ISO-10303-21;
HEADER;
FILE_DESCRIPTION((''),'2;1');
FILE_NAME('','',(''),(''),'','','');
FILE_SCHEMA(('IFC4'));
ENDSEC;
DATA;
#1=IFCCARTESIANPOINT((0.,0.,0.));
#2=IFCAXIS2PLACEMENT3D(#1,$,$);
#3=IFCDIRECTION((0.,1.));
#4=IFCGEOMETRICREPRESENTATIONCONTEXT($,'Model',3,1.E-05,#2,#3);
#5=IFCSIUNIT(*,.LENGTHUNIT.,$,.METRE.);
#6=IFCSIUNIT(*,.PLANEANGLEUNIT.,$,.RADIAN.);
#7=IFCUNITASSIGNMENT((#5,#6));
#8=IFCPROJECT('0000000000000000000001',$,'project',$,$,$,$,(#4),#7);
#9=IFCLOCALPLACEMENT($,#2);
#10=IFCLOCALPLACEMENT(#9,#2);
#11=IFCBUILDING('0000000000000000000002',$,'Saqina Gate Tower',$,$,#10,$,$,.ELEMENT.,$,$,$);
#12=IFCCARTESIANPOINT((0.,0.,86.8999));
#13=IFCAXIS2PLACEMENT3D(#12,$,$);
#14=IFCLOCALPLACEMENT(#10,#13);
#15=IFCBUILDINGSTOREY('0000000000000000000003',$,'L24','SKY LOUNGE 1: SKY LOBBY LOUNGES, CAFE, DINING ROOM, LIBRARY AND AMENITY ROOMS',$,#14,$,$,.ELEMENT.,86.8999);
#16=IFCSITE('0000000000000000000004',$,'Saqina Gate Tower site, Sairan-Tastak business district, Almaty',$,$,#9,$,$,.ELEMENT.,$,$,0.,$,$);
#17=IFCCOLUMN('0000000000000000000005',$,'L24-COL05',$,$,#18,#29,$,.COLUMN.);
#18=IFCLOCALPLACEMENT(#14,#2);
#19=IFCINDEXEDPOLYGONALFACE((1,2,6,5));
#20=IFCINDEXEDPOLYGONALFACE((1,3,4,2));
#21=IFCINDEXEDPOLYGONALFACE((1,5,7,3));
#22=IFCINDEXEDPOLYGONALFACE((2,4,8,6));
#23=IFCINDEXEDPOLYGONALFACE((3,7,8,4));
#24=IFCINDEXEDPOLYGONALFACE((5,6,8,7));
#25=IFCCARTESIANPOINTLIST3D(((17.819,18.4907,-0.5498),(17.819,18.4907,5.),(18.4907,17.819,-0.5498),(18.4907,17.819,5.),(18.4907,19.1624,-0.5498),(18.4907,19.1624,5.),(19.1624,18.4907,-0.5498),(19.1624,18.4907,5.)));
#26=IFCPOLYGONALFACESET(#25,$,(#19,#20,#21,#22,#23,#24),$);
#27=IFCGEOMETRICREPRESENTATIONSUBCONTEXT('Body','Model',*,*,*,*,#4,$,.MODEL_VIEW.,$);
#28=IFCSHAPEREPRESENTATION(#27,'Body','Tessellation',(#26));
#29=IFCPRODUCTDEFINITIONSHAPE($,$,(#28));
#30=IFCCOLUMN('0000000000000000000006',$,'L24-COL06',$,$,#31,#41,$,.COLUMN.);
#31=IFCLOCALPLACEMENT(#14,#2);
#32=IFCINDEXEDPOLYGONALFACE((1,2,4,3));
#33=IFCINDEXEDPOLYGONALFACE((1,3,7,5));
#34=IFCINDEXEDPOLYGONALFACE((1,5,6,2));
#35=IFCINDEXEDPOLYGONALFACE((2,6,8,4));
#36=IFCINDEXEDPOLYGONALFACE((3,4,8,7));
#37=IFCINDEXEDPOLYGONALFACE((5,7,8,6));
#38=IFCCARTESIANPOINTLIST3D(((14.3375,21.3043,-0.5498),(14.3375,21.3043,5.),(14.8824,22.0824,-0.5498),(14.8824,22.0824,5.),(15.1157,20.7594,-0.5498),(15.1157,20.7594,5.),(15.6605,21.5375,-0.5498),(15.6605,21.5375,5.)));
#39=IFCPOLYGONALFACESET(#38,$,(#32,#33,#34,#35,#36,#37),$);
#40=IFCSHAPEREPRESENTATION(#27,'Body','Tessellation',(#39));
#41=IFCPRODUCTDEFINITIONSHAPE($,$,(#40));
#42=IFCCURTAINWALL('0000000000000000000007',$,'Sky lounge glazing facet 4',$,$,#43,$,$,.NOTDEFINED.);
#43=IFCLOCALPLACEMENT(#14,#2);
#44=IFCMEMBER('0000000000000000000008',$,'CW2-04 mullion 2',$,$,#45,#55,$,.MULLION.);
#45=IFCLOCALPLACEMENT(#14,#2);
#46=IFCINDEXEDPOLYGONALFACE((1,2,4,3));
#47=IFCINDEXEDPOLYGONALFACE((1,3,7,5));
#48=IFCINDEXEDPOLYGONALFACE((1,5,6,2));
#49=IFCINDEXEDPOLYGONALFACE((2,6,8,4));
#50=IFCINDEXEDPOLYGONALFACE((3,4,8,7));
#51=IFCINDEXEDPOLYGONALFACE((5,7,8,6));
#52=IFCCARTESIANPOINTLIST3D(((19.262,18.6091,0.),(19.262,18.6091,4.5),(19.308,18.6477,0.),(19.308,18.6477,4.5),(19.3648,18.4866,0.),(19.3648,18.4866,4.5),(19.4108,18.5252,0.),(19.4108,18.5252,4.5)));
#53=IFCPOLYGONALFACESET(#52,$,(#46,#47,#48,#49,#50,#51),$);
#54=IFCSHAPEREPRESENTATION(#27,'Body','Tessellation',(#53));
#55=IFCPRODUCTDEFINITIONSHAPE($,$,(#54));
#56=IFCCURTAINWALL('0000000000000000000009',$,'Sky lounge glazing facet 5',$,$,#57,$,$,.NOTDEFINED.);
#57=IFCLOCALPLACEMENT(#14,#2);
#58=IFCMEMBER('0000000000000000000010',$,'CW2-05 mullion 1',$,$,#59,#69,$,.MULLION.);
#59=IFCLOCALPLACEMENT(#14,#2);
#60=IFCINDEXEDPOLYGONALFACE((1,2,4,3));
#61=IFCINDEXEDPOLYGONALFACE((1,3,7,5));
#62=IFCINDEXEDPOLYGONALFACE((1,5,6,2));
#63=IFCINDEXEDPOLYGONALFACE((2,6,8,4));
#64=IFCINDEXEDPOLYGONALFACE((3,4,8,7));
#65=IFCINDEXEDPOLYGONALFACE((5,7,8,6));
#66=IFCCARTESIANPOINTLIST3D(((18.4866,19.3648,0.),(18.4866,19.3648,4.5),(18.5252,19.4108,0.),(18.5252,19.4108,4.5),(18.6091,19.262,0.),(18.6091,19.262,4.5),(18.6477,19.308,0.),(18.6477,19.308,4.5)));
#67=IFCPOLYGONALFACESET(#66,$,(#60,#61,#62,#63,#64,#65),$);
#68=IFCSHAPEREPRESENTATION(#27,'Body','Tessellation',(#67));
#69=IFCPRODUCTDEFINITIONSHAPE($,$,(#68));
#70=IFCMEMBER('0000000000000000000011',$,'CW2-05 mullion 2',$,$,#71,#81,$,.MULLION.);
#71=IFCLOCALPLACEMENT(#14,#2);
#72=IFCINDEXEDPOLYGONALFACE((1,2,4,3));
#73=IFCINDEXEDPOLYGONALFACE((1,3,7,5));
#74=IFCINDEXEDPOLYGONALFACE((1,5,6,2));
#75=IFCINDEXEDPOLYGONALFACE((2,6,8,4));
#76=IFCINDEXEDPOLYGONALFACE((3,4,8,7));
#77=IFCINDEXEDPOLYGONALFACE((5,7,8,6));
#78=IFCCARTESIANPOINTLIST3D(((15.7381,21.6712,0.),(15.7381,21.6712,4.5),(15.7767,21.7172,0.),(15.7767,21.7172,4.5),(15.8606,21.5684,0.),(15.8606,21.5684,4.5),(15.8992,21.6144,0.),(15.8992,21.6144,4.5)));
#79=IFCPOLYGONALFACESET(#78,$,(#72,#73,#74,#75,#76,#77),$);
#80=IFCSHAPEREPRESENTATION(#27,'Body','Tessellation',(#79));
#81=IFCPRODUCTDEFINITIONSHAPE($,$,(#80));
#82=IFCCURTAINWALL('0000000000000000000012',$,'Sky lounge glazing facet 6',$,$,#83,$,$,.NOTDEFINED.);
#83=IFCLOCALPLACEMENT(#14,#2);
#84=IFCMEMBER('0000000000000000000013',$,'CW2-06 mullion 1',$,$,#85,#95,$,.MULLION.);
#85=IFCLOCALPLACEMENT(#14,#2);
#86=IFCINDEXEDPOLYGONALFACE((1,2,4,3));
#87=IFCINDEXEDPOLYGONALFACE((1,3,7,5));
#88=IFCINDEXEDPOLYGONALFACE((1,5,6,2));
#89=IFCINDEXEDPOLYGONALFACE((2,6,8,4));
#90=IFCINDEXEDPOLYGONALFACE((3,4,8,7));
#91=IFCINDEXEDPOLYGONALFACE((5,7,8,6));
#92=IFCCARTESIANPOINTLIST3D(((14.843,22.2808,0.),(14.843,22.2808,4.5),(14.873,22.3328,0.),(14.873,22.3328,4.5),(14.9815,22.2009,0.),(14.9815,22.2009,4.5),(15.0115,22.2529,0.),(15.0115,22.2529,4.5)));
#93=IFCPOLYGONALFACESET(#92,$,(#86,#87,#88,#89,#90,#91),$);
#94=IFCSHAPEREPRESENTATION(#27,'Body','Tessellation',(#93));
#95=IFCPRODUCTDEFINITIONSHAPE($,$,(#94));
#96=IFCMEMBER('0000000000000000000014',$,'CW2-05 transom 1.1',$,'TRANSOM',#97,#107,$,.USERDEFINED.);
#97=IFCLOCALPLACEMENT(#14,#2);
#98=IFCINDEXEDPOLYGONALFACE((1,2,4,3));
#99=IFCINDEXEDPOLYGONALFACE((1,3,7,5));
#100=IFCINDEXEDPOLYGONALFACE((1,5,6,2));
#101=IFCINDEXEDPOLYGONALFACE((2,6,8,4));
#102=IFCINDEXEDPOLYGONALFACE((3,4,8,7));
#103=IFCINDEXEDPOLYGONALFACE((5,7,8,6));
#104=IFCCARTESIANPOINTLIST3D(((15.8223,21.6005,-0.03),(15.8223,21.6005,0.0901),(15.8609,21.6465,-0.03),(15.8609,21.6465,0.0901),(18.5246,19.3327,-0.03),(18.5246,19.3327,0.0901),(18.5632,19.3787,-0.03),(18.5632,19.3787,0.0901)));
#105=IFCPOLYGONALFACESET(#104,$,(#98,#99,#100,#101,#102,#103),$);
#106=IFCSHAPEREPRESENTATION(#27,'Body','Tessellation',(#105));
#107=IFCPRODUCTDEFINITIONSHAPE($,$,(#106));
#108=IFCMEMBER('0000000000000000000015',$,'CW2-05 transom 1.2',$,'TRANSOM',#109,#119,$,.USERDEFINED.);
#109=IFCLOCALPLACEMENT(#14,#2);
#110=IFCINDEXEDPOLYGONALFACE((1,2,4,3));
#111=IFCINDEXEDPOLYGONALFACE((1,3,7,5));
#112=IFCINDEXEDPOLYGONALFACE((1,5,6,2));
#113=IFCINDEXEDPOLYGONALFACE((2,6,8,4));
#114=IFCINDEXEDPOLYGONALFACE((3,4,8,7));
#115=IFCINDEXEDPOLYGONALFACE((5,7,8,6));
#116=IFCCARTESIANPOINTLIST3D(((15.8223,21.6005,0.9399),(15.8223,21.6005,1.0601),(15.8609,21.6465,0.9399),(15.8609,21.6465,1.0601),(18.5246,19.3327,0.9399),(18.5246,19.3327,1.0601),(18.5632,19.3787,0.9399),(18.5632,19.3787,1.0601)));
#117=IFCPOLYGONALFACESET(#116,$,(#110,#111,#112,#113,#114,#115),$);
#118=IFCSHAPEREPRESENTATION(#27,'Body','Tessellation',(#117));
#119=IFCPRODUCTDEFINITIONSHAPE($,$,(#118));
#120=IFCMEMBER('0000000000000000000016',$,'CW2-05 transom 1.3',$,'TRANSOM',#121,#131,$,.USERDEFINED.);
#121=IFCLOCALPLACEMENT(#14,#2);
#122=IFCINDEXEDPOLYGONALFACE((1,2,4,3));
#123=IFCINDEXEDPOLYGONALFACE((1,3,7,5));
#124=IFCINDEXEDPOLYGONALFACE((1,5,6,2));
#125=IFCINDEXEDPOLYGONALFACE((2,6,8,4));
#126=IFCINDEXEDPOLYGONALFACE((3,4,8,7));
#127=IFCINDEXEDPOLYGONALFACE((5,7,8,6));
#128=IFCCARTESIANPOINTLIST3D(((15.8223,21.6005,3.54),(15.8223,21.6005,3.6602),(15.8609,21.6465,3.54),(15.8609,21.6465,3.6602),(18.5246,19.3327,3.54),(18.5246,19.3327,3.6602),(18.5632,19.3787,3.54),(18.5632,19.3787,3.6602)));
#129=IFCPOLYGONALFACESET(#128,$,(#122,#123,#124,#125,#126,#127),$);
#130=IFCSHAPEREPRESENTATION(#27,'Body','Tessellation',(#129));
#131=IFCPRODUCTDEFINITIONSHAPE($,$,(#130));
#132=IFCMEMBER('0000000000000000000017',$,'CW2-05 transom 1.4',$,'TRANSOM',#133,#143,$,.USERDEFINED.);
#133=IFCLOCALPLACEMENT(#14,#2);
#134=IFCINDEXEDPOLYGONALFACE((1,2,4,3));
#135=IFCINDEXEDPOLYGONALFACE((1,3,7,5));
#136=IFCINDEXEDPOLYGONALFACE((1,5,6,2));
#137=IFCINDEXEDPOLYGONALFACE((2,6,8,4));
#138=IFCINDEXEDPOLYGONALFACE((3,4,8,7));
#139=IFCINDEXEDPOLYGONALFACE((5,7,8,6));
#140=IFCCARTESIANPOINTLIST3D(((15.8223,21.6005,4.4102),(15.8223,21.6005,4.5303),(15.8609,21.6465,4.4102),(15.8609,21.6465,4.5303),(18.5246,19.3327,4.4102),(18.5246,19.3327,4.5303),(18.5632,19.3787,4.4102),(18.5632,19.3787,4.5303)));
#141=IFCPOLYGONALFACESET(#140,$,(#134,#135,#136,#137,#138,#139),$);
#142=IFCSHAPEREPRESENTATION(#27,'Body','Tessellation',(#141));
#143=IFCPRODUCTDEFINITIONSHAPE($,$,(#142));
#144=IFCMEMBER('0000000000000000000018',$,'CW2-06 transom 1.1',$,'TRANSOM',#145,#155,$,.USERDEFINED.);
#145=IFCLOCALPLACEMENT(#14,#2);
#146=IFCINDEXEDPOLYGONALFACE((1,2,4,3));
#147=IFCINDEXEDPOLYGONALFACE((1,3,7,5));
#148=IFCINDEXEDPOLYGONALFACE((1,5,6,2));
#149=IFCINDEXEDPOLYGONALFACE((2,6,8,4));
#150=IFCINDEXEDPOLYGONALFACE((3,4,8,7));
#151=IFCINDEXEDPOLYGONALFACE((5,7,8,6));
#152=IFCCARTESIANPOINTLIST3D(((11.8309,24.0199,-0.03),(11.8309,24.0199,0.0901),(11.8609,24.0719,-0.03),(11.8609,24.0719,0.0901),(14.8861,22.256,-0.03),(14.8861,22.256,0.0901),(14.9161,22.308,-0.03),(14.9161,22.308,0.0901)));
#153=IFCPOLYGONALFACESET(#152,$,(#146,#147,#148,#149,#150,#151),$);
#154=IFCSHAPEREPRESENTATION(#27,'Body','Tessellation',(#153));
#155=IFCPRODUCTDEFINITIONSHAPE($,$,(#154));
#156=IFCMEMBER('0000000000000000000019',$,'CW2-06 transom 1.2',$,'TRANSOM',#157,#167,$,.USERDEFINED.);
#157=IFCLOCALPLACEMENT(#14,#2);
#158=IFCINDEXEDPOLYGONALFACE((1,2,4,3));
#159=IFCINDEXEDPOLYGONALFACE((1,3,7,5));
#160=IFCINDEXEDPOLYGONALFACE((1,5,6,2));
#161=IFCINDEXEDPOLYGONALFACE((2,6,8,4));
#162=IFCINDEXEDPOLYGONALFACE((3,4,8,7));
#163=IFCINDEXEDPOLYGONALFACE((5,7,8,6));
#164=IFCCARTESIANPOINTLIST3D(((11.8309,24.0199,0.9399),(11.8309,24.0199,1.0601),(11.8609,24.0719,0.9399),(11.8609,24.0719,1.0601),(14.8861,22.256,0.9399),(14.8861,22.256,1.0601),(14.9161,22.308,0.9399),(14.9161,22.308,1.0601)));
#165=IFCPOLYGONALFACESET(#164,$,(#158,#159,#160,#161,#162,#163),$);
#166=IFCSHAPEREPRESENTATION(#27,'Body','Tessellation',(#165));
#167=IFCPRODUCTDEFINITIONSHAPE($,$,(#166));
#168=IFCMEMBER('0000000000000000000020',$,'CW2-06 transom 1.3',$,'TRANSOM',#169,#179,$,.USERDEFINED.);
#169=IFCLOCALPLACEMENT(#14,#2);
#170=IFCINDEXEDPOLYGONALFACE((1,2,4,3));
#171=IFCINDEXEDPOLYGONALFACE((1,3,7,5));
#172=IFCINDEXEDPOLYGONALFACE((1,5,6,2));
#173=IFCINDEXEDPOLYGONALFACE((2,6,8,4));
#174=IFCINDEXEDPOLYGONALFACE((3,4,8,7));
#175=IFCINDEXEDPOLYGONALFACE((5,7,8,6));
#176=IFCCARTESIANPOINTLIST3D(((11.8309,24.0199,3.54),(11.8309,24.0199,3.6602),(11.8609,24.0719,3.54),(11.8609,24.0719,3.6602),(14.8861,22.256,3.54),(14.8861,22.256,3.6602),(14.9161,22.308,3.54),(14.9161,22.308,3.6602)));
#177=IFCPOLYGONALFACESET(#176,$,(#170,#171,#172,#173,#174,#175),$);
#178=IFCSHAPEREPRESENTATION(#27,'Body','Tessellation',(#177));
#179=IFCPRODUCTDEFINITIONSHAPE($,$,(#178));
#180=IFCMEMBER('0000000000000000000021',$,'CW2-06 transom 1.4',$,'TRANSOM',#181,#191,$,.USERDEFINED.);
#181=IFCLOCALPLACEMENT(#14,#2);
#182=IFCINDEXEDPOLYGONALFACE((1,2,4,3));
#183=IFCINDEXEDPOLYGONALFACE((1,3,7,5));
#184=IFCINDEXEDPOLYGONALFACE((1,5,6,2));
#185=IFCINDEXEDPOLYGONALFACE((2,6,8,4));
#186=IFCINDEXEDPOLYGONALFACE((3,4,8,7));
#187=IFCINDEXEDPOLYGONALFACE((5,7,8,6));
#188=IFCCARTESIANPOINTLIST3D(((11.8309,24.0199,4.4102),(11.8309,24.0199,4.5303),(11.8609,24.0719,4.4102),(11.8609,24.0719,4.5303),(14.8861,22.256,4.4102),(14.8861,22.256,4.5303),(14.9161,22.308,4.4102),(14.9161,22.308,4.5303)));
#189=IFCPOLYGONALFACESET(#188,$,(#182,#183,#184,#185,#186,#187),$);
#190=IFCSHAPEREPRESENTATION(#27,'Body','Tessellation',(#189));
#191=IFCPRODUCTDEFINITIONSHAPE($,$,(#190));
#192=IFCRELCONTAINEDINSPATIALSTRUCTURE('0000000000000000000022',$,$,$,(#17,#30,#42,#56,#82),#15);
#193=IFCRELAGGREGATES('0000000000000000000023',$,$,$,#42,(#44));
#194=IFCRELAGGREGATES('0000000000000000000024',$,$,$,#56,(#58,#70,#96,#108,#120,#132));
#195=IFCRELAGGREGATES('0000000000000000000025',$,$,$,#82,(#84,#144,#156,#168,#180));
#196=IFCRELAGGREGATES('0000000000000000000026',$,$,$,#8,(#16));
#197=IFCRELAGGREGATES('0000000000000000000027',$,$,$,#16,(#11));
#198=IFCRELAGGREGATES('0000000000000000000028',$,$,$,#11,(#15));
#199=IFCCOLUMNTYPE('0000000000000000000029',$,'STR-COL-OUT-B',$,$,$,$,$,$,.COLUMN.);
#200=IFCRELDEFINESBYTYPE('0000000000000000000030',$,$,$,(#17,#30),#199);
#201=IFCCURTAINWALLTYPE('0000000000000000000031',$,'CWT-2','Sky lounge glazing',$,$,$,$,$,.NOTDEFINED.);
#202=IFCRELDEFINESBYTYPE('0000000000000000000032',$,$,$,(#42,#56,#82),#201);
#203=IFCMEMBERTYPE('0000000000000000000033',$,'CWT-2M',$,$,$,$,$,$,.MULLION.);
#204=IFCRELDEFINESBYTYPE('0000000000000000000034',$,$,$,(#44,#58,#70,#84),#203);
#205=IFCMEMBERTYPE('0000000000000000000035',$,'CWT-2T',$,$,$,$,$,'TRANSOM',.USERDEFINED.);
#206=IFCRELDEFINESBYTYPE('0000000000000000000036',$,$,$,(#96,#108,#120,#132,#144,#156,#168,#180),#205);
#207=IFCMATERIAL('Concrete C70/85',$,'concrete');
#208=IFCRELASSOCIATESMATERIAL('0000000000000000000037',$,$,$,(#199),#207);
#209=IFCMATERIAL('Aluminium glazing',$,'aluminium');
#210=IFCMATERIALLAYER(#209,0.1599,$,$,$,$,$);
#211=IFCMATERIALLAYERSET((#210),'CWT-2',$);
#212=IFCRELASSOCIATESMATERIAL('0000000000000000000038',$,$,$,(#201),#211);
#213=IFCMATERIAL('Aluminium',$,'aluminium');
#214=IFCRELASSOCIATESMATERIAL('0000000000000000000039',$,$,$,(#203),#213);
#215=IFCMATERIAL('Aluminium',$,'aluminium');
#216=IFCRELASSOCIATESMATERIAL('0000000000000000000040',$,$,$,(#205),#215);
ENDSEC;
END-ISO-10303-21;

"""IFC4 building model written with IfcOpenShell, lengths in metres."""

from ifc_helpers import new_model, si_unit, direction, frame, origin, origin_2d, place, context, subcontext, project, spatial, rectangle, extrude, material, layer, layer_set, material_profile, profile_set, type_object, element, aggregate, save


model = new_model("IFC4")

# Units and contexts
model_context = context("Model", 3, precision=1e-05, world=origin(), true_north=direction((0.0, 1.0)))
body_context = subcontext(model_context, "Body", "Model", "MODEL_VIEW")
ifc_project = project(units=[si_unit("LENGTHUNIT", "METRE"), si_unit("PLANEANGLEUNIT", "RADIAN")], contexts=[model_context])

# Site, building, storey
site_placement = place(None, origin())
site = spatial("IfcSite", under=ifc_project, at=site_placement, Name="Saqina Gate Tower site, Sairan-Tastak business district, Almaty", CompositionType="ELEMENT", RefElevation=0.0)
building_placement = place(site_placement, origin())
building = spatial("IfcBuilding", under=site, at=building_placement, Name="Saqina Gate Tower", CompositionType="ELEMENT")
storey_placement = place(building_placement, frame((0.0, 0.0, 86.8999)))
storey = spatial("IfcBuildingStorey", under=building, at=storey_placement, Name="L24", Description="SKY LOUNGE 1: SKY LOBBY LOUNGES, CAFE, DINING ROOM, LIBRARY AND AMENITY ROOMS", CompositionType="ELEMENT", Elevation=86.8999)

# Columns
ifc_material_1 = material(Name="Concrete C70/85", Category="concrete")
ifc_material_profile_1 = material_profile(ifc_material_1, rectangle(XDim=0.95, YDim=0.95, at=origin_2d()), Name="RC 950x950")
ifc_profile_set_1 = profile_set([ifc_material_profile_1], Name="Concrete C70/85")
column_type = type_object("IfcColumnType", Name="STR-COL-OUT-B", PredefinedType="COLUMN", material=ifc_profile_set_1)
for number, where, z_axis, x_axis, name in (
    (1, (18.4907, 18.4907, -0.5498), (0.0, 0.0, 1.0), (0.707107, 0.707107, 0.0), "L24-COL05"),
    (2, (14.999, 21.4209, -0.5498), (0.0, 0.0, 1.0), (0.573576, 0.819152, 0.0), "L24-COL06"),
):
    element("IfcColumn", number, at=place(storey_placement, frame(where, z_axis=z_axis, x_axis=x_axis)), inside=storey, type_object=column_type, Name=name, PredefinedType="COLUMN", context=body_context, shape_type="SweptSolid", body=[
        extrude(rectangle(XDim=0.95, YDim=0.95, at=origin_2d()), origin(), (0.0, 0.0, 1.0), 5.5498),
    ])

# Curtain wall, member
ifc_material_2 = material(Name="Aluminium glazing", Category="aluminium")
ifc_layer_1 = layer(ifc_material_2, 0.1599)
ifc_layer_set_1 = layer_set([ifc_layer_1], Name="CWT-2")
curtain_wall_type = type_object("IfcCurtainWallType", Name="CWT-2", Description="Sky lounge glazing", PredefinedType="NOTDEFINED", material=ifc_layer_set_1)
curtain_wall_1_placement = place(storey_placement, origin())
curtain_wall_1 = element("IfcCurtainWall", 3, at=curtain_wall_1_placement, inside=storey, type_object=curtain_wall_type, Name="Sky lounge glazing facet 4", PredefinedType="NOTDEFINED")
ifc_material_3 = material(Name="Aluminium", Category="aluminium")
ifc_material_profile_2 = material_profile(ifc_material_3, rectangle(XDim=0.0601, YDim=0.1599, at=origin_2d()), Name="Aluminium 60x160")
ifc_profile_set_2 = profile_set([ifc_material_profile_2], Name="Aluminium")
member_type_1 = type_object("IfcMemberType", Name="CWT-2M", PredefinedType="MULLION", material=ifc_profile_set_2)
member_1_placement = place(storey_placement, frame((19.3364, 18.5671, 0.0), z_axis=(0.0, 0.0, 1.0), x_axis=(-0.766042, -0.642791, 0.0)))
member_1 = element("IfcMember", 4, at=member_1_placement, type_object=member_type_1, Name="CW2-04 mullion 2", PredefinedType="MULLION", context=body_context, shape_type="SweptSolid", body=[
    extrude(rectangle(XDim=0.0601, YDim=0.1599, at=origin_2d()), origin(), (0.0, 0.0, 1.0), 4.5),
])

# Curtain wall, members
curtain_wall_2_placement = place(storey_placement, origin())
curtain_wall_2 = element("IfcCurtainWall", 5, at=curtain_wall_2_placement, inside=storey, type_object=curtain_wall_type, Name="Sky lounge glazing facet 5", PredefinedType="NOTDEFINED")
member_2_placement = place(storey_placement, frame((18.5671, 19.3364, 0.0), z_axis=(0.0, 0.0, 1.0), x_axis=(-0.642791, -0.766042, 0.0)))
member_2 = element("IfcMember", 6, at=member_2_placement, type_object=member_type_1, Name="CW2-05 mullion 1", PredefinedType="MULLION", context=body_context, shape_type="SweptSolid", body=[
    extrude(rectangle(XDim=0.0601, YDim=0.1599, at=origin_2d()), origin(), (0.0, 0.0, 1.0), 4.5),
])
member_3_placement = place(storey_placement, frame((15.8186, 21.6428, 0.0), z_axis=(0.0, 0.0, 1.0), x_axis=(-0.642791, -0.766042, 0.0)))
member_3 = element("IfcMember", 7, at=member_3_placement, type_object=member_type_1, Name="CW2-05 mullion 2", PredefinedType="MULLION", context=body_context, shape_type="SweptSolid", body=[
    extrude(rectangle(XDim=0.0601, YDim=0.1599, at=origin_2d()), origin(), (0.0, 0.0, 1.0), 4.5),
])

# Curtain wall, member
curtain_wall_3_placement = place(storey_placement, origin())
curtain_wall_3 = element("IfcCurtainWall", 8, at=curtain_wall_3_placement, inside=storey, type_object=curtain_wall_type, Name="Sky lounge glazing facet 6", PredefinedType="NOTDEFINED")
member_4_placement = place(storey_placement, frame((14.9272, 22.2668, 0.0), z_axis=(0.0, 0.0, 1.0), x_axis=(-0.499999, -0.866026, 0.0)))
member_4 = element("IfcMember", 9, at=member_4_placement, type_object=member_type_1, Name="CW2-06 mullion 1", PredefinedType="MULLION", context=body_context, shape_type="SweptSolid", body=[
    extrude(rectangle(XDim=0.0601, YDim=0.1599, at=origin_2d()), origin(), (0.0, 0.0, 1.0), 4.5),
])

# Members
ifc_material_4 = material(Name="Aluminium", Category="aluminium")
ifc_material_profile_3 = material_profile(ifc_material_4, rectangle(XDim=0.0601, YDim=0.1201, at=origin_2d()), Name="Aluminium 60x120")
ifc_profile_set_3 = profile_set([ifc_material_profile_3], Name="Aluminium")
member_type_2 = type_object("IfcMemberType", Name="CWT-2T", ElementType="TRANSOM", PredefinedType="USERDEFINED", material=ifc_profile_set_3)
member_5_placement = place(storey_placement, frame((18.5439, 19.3557, 0.03), z_axis=(-0.76601, 0.642828, 0.0), x_axis=(-0.642828, -0.76601, 0.0)))
member_5 = element("IfcMember", 10, at=member_5_placement, type_object=member_type_2, Name="CW2-05 transom 1.1", ObjectType="TRANSOM", PredefinedType="USERDEFINED", context=body_context, shape_type="SweptSolid", body=[
    extrude(rectangle(XDim=0.0601, YDim=0.1201, at=origin_2d()), origin(), (0.0, 0.0, 1.0), 3.5278),
])
member_6_placement = place(storey_placement, frame((18.5439, 19.3557, 1.0), z_axis=(-0.76601, 0.642828, 0.0), x_axis=(-0.642828, -0.76601, 0.0)))
member_6 = element("IfcMember", 11, at=member_6_placement, type_object=member_type_2, Name="CW2-05 transom 1.2", ObjectType="TRANSOM", PredefinedType="USERDEFINED", context=body_context, shape_type="SweptSolid", body=[
    extrude(rectangle(XDim=0.0601, YDim=0.1201, at=origin_2d()), origin(), (0.0, 0.0, 1.0), 3.5278),
])
member_7_placement = place(storey_placement, frame((18.5439, 19.3557, 3.6001), z_axis=(-0.76601, 0.642828, 0.0), x_axis=(-0.642828, -0.76601, 0.0)))
member_7 = element("IfcMember", 12, at=member_7_placement, type_object=member_type_2, Name="CW2-05 transom 1.3", ObjectType="TRANSOM", PredefinedType="USERDEFINED", context=body_context, shape_type="SweptSolid", body=[
    extrude(rectangle(XDim=0.0601, YDim=0.1201, at=origin_2d()), origin(), (0.0, 0.0, 1.0), 3.5278),
])
member_8_placement = place(storey_placement, frame((18.5439, 19.3557, 4.4702), z_axis=(-0.76601, 0.642828, 0.0), x_axis=(-0.642828, -0.76601, 0.0)))
member_8 = element("IfcMember", 13, at=member_8_placement, type_object=member_type_2, Name="CW2-05 transom 1.4", ObjectType="TRANSOM", PredefinedType="USERDEFINED", context=body_context, shape_type="SweptSolid", body=[
    extrude(rectangle(XDim=0.0601, YDim=0.1201, at=origin_2d()), origin(), (0.0, 0.0, 1.0), 3.5278),
])
member_9_placement = place(storey_placement, frame((14.9011, 22.282, 0.03), z_axis=(-0.866024, 0.500002, 0.0), x_axis=(-0.500002, -0.866024, 0.0)))
member_9 = element("IfcMember", 14, at=member_9_placement, type_object=member_type_2, Name="CW2-06 transom 1.1", ObjectType="TRANSOM", PredefinedType="USERDEFINED", context=body_context, shape_type="SweptSolid", body=[
    extrude(rectangle(XDim=0.0601, YDim=0.1201, at=origin_2d()), origin(), (0.0, 0.0, 1.0), 3.5278),
])
member_10_placement = place(storey_placement, frame((14.9011, 22.282, 1.0), z_axis=(-0.866024, 0.500002, 0.0), x_axis=(-0.500002, -0.866024, 0.0)))
member_10 = element("IfcMember", 15, at=member_10_placement, type_object=member_type_2, Name="CW2-06 transom 1.2", ObjectType="TRANSOM", PredefinedType="USERDEFINED", context=body_context, shape_type="SweptSolid", body=[
    extrude(rectangle(XDim=0.0601, YDim=0.1201, at=origin_2d()), origin(), (0.0, 0.0, 1.0), 3.5278),
])
member_11_placement = place(storey_placement, frame((14.9011, 22.282, 3.6001), z_axis=(-0.866024, 0.500002, 0.0), x_axis=(-0.500002, -0.866024, 0.0)))
member_11 = element("IfcMember", 16, at=member_11_placement, type_object=member_type_2, Name="CW2-06 transom 1.3", ObjectType="TRANSOM", PredefinedType="USERDEFINED", context=body_context, shape_type="SweptSolid", body=[
    extrude(rectangle(XDim=0.0601, YDim=0.1201, at=origin_2d()), origin(), (0.0, 0.0, 1.0), 3.5278),
])
member_12_placement = place(storey_placement, frame((14.9011, 22.282, 4.4702), z_axis=(-0.866024, 0.500002, 0.0), x_axis=(-0.500002, -0.866024, 0.0)))
member_12 = element("IfcMember", 17, at=member_12_placement, type_object=member_type_2, Name="CW2-06 transom 1.4", ObjectType="TRANSOM", PredefinedType="USERDEFINED", context=body_context, shape_type="SweptSolid", body=[
    extrude(rectangle(XDim=0.0601, YDim=0.1201, at=origin_2d()), origin(), (0.0, 0.0, 1.0), 3.5278),
])

aggregate(curtain_wall_1, [member_1])
aggregate(curtain_wall_2, [member_2, member_3, member_5, member_6, member_7, member_8])
aggregate(curtain_wall_3, [member_4, member_9, member_10, member_11, member_12])

save(model, "model.ifc")
